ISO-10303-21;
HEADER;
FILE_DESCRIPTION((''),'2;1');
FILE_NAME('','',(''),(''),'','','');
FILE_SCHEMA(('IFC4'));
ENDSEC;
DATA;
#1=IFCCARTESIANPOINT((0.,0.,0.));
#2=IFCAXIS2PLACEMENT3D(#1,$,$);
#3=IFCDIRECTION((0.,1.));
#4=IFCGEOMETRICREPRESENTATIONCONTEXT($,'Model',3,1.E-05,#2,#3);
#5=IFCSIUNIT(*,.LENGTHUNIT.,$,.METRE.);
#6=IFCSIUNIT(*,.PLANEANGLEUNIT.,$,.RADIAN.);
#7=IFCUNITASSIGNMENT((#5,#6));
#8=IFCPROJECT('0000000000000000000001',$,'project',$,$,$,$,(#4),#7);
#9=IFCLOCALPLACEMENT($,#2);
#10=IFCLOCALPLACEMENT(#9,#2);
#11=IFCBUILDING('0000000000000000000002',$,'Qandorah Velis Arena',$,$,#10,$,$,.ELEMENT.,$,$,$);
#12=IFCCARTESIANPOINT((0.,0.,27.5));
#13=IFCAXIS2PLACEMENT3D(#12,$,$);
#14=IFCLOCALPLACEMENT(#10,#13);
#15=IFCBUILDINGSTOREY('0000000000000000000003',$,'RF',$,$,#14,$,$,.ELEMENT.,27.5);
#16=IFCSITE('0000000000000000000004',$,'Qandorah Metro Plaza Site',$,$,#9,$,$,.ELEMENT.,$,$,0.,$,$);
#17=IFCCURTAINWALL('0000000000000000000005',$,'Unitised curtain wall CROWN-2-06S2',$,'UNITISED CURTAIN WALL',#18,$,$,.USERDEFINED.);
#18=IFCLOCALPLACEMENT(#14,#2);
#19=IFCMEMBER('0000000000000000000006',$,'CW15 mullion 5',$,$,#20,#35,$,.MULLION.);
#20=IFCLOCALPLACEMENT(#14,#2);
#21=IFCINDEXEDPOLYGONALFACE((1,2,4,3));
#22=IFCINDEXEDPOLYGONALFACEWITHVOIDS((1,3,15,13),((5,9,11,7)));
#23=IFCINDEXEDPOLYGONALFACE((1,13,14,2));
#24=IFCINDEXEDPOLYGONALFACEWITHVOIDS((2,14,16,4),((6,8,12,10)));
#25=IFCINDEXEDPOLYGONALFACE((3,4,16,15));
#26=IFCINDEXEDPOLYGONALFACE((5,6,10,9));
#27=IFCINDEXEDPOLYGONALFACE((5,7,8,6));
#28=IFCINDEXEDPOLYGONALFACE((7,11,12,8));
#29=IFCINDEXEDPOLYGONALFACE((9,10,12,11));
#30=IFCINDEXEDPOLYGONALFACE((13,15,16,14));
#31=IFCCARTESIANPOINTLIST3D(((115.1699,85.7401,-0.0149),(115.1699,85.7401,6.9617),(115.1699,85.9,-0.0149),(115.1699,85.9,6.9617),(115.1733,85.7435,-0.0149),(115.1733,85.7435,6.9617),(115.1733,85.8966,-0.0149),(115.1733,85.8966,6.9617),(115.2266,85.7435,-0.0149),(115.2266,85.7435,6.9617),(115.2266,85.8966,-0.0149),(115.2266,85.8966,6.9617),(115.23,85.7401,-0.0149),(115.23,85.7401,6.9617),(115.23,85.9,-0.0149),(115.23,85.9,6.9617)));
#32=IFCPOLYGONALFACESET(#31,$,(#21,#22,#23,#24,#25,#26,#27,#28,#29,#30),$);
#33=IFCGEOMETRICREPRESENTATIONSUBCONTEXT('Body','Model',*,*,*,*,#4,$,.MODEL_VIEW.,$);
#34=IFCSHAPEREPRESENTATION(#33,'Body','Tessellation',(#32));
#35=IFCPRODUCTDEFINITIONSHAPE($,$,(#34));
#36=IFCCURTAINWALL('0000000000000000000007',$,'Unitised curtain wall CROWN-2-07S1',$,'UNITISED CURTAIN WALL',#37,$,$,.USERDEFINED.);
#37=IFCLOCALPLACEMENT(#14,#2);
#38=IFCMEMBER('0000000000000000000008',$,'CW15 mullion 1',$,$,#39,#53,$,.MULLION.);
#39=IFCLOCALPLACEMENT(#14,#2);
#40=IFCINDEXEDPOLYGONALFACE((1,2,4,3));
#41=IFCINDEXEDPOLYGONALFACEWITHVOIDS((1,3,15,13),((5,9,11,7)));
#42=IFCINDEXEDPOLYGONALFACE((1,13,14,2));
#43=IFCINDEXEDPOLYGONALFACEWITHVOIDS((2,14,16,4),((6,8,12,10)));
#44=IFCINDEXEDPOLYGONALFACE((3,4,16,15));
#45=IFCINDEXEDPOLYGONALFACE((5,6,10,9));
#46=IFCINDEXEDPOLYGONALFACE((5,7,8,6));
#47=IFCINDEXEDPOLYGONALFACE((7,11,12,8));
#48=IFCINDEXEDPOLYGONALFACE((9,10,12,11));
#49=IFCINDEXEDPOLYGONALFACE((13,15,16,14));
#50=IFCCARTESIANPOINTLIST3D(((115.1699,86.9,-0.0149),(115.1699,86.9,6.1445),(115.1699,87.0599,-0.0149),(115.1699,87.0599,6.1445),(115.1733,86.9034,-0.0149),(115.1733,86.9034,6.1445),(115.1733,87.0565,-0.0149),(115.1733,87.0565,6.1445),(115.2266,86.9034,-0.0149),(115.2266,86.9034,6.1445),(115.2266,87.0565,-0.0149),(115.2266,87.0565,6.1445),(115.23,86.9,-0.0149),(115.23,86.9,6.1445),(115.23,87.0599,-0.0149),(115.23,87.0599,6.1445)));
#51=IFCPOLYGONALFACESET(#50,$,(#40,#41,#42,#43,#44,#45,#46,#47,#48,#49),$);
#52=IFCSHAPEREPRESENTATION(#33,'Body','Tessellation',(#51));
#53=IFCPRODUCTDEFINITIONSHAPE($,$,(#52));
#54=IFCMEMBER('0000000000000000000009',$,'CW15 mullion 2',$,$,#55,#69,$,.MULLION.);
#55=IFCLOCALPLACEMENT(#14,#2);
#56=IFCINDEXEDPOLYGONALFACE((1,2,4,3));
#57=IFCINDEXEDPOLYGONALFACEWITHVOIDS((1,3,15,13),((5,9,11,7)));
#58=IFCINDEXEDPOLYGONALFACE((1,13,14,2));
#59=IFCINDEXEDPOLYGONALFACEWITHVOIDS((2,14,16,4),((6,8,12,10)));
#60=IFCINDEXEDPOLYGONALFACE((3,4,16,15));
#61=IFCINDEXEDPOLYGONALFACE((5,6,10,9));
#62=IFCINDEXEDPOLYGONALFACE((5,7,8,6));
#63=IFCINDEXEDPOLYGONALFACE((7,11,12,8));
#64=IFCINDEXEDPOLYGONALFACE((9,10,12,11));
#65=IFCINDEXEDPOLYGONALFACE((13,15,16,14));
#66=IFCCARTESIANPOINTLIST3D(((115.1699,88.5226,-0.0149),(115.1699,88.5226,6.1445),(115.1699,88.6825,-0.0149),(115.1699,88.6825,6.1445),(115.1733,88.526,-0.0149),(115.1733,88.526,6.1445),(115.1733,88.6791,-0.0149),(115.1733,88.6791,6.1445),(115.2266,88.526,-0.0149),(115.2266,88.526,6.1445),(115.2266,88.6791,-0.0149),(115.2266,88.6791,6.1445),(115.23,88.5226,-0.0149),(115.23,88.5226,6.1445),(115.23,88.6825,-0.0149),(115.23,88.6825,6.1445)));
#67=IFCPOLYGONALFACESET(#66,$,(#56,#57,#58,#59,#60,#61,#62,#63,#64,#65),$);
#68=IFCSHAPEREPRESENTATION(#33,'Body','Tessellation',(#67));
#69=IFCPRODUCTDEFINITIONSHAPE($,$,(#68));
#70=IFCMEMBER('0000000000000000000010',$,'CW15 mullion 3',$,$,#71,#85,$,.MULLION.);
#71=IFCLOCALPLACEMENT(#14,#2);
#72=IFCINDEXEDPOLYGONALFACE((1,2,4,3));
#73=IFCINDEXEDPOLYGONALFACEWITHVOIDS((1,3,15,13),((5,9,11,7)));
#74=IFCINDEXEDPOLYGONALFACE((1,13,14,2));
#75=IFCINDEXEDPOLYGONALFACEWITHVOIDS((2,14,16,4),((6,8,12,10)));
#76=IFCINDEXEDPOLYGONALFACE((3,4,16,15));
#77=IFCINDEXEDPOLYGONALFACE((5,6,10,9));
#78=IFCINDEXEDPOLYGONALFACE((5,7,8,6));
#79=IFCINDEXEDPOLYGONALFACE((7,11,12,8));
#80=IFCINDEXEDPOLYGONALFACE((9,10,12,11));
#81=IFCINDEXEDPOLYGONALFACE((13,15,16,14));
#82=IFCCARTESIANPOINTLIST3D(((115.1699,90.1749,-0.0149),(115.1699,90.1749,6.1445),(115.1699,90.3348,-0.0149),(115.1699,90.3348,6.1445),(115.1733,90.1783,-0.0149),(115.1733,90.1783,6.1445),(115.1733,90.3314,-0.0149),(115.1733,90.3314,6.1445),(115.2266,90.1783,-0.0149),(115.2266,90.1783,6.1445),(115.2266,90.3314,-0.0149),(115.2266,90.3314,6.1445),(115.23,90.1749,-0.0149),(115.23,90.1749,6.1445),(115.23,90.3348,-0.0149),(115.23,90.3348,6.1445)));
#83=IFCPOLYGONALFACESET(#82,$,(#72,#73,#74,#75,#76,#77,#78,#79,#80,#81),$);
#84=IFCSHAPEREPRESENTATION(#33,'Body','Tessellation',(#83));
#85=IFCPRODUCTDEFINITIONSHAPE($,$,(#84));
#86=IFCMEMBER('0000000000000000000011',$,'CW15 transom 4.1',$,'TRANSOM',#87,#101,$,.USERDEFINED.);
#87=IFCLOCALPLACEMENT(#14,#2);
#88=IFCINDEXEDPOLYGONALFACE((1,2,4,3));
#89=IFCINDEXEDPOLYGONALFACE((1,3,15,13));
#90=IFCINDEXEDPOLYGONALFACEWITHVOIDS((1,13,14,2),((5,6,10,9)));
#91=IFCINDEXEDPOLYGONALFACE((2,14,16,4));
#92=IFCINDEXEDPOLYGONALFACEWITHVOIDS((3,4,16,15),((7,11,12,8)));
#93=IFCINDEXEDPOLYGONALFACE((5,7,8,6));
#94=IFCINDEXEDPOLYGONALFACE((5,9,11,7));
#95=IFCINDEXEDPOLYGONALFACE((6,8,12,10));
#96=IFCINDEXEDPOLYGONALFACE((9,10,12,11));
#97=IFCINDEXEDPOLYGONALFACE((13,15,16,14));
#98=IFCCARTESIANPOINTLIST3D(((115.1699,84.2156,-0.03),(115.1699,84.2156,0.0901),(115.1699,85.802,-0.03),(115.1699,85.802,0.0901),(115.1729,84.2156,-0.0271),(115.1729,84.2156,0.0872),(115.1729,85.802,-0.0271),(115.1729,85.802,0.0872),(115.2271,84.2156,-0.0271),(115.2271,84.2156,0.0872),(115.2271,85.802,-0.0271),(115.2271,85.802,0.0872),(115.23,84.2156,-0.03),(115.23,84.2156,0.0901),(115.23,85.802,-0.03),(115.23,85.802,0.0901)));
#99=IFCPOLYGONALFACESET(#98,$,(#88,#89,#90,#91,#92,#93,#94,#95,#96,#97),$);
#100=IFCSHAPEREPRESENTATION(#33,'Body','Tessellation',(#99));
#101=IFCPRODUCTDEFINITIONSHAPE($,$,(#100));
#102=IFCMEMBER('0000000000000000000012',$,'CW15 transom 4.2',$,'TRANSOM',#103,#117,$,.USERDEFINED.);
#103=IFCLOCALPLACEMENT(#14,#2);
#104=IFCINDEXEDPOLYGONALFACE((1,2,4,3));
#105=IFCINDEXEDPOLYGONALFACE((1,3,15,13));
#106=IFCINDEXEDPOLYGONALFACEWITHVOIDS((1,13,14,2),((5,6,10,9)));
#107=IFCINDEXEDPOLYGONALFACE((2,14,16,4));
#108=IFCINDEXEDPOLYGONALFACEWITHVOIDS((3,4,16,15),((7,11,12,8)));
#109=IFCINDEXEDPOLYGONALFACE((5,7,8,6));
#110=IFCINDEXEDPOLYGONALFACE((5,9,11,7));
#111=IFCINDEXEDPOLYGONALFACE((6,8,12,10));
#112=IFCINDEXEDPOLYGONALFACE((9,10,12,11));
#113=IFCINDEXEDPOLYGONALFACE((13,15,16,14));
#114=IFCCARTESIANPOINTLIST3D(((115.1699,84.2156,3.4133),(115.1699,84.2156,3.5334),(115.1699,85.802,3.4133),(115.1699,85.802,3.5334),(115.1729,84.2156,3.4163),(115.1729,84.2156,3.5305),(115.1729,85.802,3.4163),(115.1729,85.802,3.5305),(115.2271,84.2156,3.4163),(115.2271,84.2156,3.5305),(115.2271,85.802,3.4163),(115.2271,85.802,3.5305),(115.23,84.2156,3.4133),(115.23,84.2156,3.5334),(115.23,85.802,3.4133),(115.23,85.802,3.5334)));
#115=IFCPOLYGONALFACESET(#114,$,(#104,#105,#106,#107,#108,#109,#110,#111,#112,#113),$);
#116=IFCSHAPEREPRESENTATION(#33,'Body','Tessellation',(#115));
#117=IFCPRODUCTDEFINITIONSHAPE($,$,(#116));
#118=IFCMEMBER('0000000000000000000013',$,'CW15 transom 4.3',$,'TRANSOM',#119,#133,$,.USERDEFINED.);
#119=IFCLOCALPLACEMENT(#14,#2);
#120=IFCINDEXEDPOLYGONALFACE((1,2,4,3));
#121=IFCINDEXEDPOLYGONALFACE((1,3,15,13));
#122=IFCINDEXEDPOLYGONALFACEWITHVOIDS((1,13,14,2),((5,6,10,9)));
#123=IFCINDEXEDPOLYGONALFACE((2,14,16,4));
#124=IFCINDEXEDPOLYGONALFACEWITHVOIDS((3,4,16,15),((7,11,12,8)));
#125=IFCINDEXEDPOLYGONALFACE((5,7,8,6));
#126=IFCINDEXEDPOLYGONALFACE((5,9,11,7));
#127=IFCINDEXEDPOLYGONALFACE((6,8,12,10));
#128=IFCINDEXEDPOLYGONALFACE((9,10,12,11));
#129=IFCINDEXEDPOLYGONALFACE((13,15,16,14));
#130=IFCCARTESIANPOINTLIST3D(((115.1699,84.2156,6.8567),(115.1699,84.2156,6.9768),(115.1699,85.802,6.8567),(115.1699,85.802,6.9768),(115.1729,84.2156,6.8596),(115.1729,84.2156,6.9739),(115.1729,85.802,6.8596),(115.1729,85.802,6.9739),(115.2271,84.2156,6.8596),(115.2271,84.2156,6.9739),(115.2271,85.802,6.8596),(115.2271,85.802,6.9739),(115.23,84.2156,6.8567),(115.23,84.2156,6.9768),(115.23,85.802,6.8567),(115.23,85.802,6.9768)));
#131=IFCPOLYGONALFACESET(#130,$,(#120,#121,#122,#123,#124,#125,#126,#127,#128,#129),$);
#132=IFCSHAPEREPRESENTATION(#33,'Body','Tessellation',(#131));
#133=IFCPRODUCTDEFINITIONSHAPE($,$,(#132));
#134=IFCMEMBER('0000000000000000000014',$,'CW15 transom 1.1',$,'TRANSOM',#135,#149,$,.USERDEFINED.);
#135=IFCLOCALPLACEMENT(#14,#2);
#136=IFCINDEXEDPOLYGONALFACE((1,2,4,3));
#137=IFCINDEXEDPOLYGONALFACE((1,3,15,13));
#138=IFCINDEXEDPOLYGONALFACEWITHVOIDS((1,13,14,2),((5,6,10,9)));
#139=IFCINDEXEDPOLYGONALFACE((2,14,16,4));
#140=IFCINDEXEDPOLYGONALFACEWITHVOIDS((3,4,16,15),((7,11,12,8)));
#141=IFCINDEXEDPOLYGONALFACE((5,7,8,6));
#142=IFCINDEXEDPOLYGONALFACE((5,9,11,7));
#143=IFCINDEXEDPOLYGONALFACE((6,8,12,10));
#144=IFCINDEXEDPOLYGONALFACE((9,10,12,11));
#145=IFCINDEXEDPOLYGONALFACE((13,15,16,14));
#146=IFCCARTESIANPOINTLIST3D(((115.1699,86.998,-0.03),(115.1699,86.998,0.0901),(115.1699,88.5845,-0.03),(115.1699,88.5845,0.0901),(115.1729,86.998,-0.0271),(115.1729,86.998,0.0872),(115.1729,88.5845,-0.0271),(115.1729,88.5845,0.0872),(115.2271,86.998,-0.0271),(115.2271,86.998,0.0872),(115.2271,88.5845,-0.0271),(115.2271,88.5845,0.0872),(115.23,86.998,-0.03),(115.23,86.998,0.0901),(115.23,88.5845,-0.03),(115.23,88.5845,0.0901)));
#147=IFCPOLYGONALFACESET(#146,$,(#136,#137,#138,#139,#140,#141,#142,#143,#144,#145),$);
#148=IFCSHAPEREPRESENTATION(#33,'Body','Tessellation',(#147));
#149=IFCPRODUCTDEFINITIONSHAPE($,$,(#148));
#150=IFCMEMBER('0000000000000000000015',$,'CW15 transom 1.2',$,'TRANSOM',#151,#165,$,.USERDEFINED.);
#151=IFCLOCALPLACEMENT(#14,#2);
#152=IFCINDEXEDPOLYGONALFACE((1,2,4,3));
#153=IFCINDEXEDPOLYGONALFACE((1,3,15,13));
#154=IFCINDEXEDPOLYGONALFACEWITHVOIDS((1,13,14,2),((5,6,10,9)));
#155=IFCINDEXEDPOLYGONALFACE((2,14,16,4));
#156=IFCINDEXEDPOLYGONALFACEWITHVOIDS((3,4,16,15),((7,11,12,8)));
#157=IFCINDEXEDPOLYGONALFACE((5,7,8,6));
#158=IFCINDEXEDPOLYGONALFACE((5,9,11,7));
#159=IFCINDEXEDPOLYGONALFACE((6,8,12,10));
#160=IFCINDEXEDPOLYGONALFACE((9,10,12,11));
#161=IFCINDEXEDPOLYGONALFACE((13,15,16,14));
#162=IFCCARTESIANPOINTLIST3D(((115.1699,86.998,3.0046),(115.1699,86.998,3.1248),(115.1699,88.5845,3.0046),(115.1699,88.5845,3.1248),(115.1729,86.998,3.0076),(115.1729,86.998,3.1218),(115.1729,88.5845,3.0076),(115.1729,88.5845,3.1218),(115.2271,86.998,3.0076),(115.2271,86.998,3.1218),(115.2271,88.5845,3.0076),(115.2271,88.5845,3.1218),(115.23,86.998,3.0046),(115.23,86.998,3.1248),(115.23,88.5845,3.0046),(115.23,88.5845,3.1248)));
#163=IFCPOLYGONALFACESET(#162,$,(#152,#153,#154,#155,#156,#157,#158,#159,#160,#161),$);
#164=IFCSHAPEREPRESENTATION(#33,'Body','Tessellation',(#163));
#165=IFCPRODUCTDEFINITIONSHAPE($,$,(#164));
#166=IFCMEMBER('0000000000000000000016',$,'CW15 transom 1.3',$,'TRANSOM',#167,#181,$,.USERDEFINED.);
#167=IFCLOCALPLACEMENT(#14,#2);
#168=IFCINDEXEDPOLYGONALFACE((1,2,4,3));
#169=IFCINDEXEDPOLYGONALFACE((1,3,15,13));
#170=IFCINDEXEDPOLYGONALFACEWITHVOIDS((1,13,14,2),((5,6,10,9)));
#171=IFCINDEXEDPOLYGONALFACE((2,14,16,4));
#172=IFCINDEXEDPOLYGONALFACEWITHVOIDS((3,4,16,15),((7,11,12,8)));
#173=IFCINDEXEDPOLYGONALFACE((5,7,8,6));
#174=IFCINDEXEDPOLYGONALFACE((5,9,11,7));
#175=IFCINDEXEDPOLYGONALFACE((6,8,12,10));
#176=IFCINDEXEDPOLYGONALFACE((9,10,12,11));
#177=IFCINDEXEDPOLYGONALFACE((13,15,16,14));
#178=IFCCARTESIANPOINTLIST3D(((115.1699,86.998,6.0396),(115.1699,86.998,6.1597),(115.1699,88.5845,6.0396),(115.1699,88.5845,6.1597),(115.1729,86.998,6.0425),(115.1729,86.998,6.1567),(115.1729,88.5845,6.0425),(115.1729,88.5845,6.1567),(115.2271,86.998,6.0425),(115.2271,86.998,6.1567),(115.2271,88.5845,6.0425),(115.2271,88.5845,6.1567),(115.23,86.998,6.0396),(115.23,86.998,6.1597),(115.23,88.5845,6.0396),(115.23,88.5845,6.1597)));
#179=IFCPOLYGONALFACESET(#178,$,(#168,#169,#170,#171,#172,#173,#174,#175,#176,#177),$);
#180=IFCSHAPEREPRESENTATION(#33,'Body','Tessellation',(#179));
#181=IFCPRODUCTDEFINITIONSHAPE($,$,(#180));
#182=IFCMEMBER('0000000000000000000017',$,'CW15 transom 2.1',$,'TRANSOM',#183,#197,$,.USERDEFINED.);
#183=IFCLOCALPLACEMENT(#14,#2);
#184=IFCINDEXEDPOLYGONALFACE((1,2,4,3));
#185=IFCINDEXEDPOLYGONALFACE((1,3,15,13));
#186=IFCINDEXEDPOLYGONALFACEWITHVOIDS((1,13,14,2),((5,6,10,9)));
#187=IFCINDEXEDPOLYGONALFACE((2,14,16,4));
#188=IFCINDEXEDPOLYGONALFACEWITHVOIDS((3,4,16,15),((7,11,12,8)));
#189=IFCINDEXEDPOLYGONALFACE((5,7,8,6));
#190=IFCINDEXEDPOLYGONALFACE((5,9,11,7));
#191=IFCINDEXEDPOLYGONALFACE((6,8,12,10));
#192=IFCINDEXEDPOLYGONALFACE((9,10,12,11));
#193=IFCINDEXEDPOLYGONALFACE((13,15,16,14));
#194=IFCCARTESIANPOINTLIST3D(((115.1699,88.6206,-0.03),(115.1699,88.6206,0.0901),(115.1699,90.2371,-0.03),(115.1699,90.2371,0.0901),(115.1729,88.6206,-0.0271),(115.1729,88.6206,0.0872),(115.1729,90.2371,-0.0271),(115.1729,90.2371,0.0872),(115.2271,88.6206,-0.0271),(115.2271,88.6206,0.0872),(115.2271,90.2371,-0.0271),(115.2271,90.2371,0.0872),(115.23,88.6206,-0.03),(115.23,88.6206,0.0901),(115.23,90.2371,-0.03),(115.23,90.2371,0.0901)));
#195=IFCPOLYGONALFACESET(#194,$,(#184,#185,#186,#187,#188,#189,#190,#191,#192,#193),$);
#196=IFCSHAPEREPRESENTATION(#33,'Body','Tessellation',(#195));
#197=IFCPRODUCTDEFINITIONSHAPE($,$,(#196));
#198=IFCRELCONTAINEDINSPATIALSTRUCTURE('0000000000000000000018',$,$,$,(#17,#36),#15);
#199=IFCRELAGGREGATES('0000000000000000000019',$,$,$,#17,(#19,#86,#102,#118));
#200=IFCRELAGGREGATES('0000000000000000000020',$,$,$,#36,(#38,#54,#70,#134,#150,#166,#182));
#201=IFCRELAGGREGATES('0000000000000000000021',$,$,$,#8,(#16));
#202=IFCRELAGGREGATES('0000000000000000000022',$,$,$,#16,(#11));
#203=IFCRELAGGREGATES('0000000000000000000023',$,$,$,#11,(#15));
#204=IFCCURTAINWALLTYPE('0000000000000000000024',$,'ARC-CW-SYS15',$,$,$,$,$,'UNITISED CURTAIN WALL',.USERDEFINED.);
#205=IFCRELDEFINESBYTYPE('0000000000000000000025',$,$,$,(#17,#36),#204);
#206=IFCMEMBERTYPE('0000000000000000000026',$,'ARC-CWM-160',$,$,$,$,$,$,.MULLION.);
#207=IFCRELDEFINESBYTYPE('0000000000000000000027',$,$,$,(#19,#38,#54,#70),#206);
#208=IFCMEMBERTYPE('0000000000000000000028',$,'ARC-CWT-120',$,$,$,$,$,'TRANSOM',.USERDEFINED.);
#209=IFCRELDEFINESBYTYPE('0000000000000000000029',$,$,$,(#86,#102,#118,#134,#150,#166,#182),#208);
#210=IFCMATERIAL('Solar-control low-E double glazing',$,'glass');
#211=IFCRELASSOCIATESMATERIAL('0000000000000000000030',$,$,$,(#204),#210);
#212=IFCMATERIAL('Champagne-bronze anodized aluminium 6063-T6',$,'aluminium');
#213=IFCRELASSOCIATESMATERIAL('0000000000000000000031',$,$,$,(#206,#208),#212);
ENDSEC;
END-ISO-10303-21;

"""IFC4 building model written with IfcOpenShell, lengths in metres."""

from ifc_helpers import new_model, si_unit, direction, frame, origin, origin_2d, place, context, subcontext, project, spatial, hollow_rectangle, extrude, material, material_profile, profile_set, type_object, element, aggregate, save


model = new_model("IFC4")

# Units and contexts
model_context = context("Model", 3, precision=1e-05, world=origin(), true_north=direction((0.0, 1.0)))
body_context = subcontext(model_context, "Body", "Model", "MODEL_VIEW")
ifc_project = project(units=[si_unit("LENGTHUNIT", "METRE"), si_unit("PLANEANGLEUNIT", "RADIAN")], contexts=[model_context])

# Site, building, storey
site_placement = place(None, origin())
site = spatial("IfcSite", under=ifc_project, at=site_placement, Name="Qandorah Metro Plaza Site", CompositionType="ELEMENT", RefElevation=0.0)
building_placement = place(site_placement, origin())
building = spatial("IfcBuilding", under=site, at=building_placement, Name="Qandorah Velis Arena", CompositionType="ELEMENT")
storey_placement = place(building_placement, frame((0.0, 0.0, 27.5)))
storey = spatial("IfcBuildingStorey", under=building, at=storey_placement, Name="RF", CompositionType="ELEMENT", Elevation=27.5)

# Curtain wall, member
ifc_material_1 = material(Name="Solar-control low-E double glazing", Category="glass")
curtain_wall_type = type_object("IfcCurtainWallType", Name="ARC-CW-SYS15", ElementType="UNITISED CURTAIN WALL", PredefinedType="USERDEFINED", material=ifc_material_1)
curtain_wall_1_placement = place(storey_placement, origin())
curtain_wall_1 = element("IfcCurtainWall", 1, at=curtain_wall_1_placement, inside=storey, type_object=curtain_wall_type, Name="Unitised curtain wall CROWN-2-06S2", ObjectType="UNITISED CURTAIN WALL", PredefinedType="USERDEFINED")
ifc_material_2 = material(Name="Champagne-bronze anodized aluminium 6063-T6", Category="aluminium")
ifc_material_profile_1 = material_profile(ifc_material_2, hollow_rectangle(XDim=0.0601, YDim=0.1599, WallThickness=0.0034, at=origin_2d()), Name="ALU MULLION 60x160")
ifc_profile_set_1 = profile_set([ifc_material_profile_1], Name="Champagne-bronze anodized aluminium 6063-T6")
member_type_1 = type_object("IfcMemberType", Name="ARC-CWM-160", PredefinedType="MULLION", material=ifc_profile_set_1)
member_1_placement = place(storey_placement, frame((115.2, 85.8201, -0.0149), z_axis=(0.0, 0.0, 1.0), x_axis=(-1.0, 0.0, 0.0)))
member_1 = element("IfcMember", 2, at=member_1_placement, type_object=member_type_1, Name="CW15 mullion 5", PredefinedType="MULLION", context=body_context, shape_type="SweptSolid", body=[
    extrude(hollow_rectangle(XDim=0.0601, YDim=0.1599, WallThickness=0.0034, at=origin_2d()), origin(), (0.0, 0.0, 1.0), 6.9766),
])

# Curtain wall, members
curtain_wall_2_placement = place(storey_placement, origin())
curtain_wall_2 = element("IfcCurtainWall", 3, at=curtain_wall_2_placement, inside=storey, type_object=curtain_wall_type, Name="Unitised curtain wall CROWN-2-07S1", ObjectType="UNITISED CURTAIN WALL", PredefinedType="USERDEFINED")
member_2_placement = place(storey_placement, frame((115.2, 86.98, -0.0149), z_axis=(0.0, 0.0, 1.0), x_axis=(-1.0, 0.0, 0.0)))
member_2 = element("IfcMember", 4, at=member_2_placement, type_object=member_type_1, Name="CW15 mullion 1", PredefinedType="MULLION", context=body_context, shape_type="SweptSolid", body=[
    extrude(hollow_rectangle(XDim=0.0601, YDim=0.1599, WallThickness=0.0034, at=origin_2d()), origin(), (0.0, 0.0, 1.0), 6.1594),
])
member_3_placement = place(storey_placement, frame((115.2, 88.6025, -0.0149), z_axis=(0.0, 0.0, 1.0), x_axis=(-1.0, 0.0, 0.0)))
member_3 = element("IfcMember", 5, at=member_3_placement, type_object=member_type_1, Name="CW15 mullion 2", PredefinedType="MULLION", context=body_context, shape_type="SweptSolid", body=[
    extrude(hollow_rectangle(XDim=0.0601, YDim=0.1599, WallThickness=0.0034, at=origin_2d()), origin(), (0.0, 0.0, 1.0), 6.1594),
])
member_4_placement = place(storey_placement, frame((115.2, 90.2549, -0.0149), z_axis=(0.0, 0.0, 1.0), x_axis=(-1.0, 0.0, 0.0)))
member_4 = element("IfcMember", 6, at=member_4_placement, type_object=member_type_1, Name="CW15 mullion 3", PredefinedType="MULLION", context=body_context, shape_type="SweptSolid", body=[
    extrude(hollow_rectangle(XDim=0.0601, YDim=0.1599, WallThickness=0.0034, at=origin_2d()), origin(), (0.0, 0.0, 1.0), 6.1594),
])

# Members
ifc_material_profile_2 = material_profile(ifc_material_2, hollow_rectangle(XDim=0.0601, YDim=0.1201, WallThickness=0.0029, at=origin_2d()), Name="ALU TRANSOM 60x120")
ifc_profile_set_2 = profile_set([ifc_material_profile_2], Name="Champagne-bronze anodized aluminium 6063-T6")
member_type_2 = type_object("IfcMemberType", Name="ARC-CWT-120", ElementType="TRANSOM", PredefinedType="USERDEFINED", material=ifc_profile_set_2)
member_5_placement = place(storey_placement, frame((115.2, 84.2156, 0.03), z_axis=(0.0, 1.0, 0.0), x_axis=(-1.0, 0.0, 0.0)))
member_5 = element("IfcMember", 7, at=member_5_placement, type_object=member_type_2, Name="CW15 transom 4.1", ObjectType="TRANSOM", PredefinedType="USERDEFINED", context=body_context, shape_type="SweptSolid", body=[
    extrude(hollow_rectangle(XDim=0.0601, YDim=0.1201, WallThickness=0.0029, at=origin_2d()), origin(), (0.0, 0.0, 1.0), 1.5864),
])
member_6_placement = place(storey_placement, frame((115.2, 84.2156, 3.4734), z_axis=(0.0, 1.0, 0.0), x_axis=(-1.0, 0.0, 0.0)))
member_6 = element("IfcMember", 8, at=member_6_placement, type_object=member_type_2, Name="CW15 transom 4.2", ObjectType="TRANSOM", PredefinedType="USERDEFINED", context=body_context, shape_type="SweptSolid", body=[
    extrude(hollow_rectangle(XDim=0.0601, YDim=0.1201, WallThickness=0.0029, at=origin_2d()), origin(), (0.0, 0.0, 1.0), 1.5864),
])
member_7_placement = place(storey_placement, frame((115.2, 84.2156, 6.9167), z_axis=(0.0, 1.0, 0.0), x_axis=(-1.0, 0.0, 0.0)))
member_7 = element("IfcMember", 9, at=member_7_placement, type_object=member_type_2, Name="CW15 transom 4.3", ObjectType="TRANSOM", PredefinedType="USERDEFINED", context=body_context, shape_type="SweptSolid", body=[
    extrude(hollow_rectangle(XDim=0.0601, YDim=0.1201, WallThickness=0.0029, at=origin_2d()), origin(), (0.0, 0.0, 1.0), 1.5864),
])
member_8_placement = place(storey_placement, frame((115.2, 86.998, 0.03), z_axis=(0.0, 1.0, 0.0), x_axis=(-1.0, 0.0, 0.0)))
member_8 = element("IfcMember", 10, at=member_8_placement, type_object=member_type_2, Name="CW15 transom 1.1", ObjectType="TRANSOM", PredefinedType="USERDEFINED", context=body_context, shape_type="SweptSolid", body=[
    extrude(hollow_rectangle(XDim=0.0601, YDim=0.1201, WallThickness=0.0029, at=origin_2d()), origin(), (0.0, 0.0, 1.0), 1.5864),
])
member_9_placement = place(storey_placement, frame((115.2, 86.998, 3.0647), z_axis=(0.0, 1.0, 0.0), x_axis=(-1.0, 0.0, 0.0)))
member_9 = element("IfcMember", 11, at=member_9_placement, type_object=member_type_2, Name="CW15 transom 1.2", ObjectType="TRANSOM", PredefinedType="USERDEFINED", context=body_context, shape_type="SweptSolid", body=[
    extrude(hollow_rectangle(XDim=0.0601, YDim=0.1201, WallThickness=0.0029, at=origin_2d()), origin(), (0.0, 0.0, 1.0), 1.5864),
])
member_10_placement = place(storey_placement, frame((115.2, 86.998, 6.0996), z_axis=(0.0, 1.0, 0.0), x_axis=(-1.0, 0.0, 0.0)))
member_10 = element("IfcMember", 12, at=member_10_placement, type_object=member_type_2, Name="CW15 transom 1.3", ObjectType="TRANSOM", PredefinedType="USERDEFINED", context=body_context, shape_type="SweptSolid", body=[
    extrude(hollow_rectangle(XDim=0.0601, YDim=0.1201, WallThickness=0.0029, at=origin_2d()), origin(), (0.0, 0.0, 1.0), 1.5864),
])
member_11_placement = place(storey_placement, frame((115.2, 88.6206, 0.03), z_axis=(0.0, 1.0, 0.0), x_axis=(-1.0, 0.0, 0.0)))
member_11 = element("IfcMember", 13, at=member_11_placement, type_object=member_type_2, Name="CW15 transom 2.1", ObjectType="TRANSOM", PredefinedType="USERDEFINED", context=body_context, shape_type="SweptSolid", body=[
    extrude(hollow_rectangle(XDim=0.0601, YDim=0.1201, WallThickness=0.0029, at=origin_2d()), origin(), (0.0, 0.0, 1.0), 1.6165),
])

aggregate(curtain_wall_1, [member_1, member_5, member_6, member_7])
aggregate(curtain_wall_2, [member_2, member_3, member_4, member_8, member_9, member_10, member_11])

save(model, "model.ifc")
